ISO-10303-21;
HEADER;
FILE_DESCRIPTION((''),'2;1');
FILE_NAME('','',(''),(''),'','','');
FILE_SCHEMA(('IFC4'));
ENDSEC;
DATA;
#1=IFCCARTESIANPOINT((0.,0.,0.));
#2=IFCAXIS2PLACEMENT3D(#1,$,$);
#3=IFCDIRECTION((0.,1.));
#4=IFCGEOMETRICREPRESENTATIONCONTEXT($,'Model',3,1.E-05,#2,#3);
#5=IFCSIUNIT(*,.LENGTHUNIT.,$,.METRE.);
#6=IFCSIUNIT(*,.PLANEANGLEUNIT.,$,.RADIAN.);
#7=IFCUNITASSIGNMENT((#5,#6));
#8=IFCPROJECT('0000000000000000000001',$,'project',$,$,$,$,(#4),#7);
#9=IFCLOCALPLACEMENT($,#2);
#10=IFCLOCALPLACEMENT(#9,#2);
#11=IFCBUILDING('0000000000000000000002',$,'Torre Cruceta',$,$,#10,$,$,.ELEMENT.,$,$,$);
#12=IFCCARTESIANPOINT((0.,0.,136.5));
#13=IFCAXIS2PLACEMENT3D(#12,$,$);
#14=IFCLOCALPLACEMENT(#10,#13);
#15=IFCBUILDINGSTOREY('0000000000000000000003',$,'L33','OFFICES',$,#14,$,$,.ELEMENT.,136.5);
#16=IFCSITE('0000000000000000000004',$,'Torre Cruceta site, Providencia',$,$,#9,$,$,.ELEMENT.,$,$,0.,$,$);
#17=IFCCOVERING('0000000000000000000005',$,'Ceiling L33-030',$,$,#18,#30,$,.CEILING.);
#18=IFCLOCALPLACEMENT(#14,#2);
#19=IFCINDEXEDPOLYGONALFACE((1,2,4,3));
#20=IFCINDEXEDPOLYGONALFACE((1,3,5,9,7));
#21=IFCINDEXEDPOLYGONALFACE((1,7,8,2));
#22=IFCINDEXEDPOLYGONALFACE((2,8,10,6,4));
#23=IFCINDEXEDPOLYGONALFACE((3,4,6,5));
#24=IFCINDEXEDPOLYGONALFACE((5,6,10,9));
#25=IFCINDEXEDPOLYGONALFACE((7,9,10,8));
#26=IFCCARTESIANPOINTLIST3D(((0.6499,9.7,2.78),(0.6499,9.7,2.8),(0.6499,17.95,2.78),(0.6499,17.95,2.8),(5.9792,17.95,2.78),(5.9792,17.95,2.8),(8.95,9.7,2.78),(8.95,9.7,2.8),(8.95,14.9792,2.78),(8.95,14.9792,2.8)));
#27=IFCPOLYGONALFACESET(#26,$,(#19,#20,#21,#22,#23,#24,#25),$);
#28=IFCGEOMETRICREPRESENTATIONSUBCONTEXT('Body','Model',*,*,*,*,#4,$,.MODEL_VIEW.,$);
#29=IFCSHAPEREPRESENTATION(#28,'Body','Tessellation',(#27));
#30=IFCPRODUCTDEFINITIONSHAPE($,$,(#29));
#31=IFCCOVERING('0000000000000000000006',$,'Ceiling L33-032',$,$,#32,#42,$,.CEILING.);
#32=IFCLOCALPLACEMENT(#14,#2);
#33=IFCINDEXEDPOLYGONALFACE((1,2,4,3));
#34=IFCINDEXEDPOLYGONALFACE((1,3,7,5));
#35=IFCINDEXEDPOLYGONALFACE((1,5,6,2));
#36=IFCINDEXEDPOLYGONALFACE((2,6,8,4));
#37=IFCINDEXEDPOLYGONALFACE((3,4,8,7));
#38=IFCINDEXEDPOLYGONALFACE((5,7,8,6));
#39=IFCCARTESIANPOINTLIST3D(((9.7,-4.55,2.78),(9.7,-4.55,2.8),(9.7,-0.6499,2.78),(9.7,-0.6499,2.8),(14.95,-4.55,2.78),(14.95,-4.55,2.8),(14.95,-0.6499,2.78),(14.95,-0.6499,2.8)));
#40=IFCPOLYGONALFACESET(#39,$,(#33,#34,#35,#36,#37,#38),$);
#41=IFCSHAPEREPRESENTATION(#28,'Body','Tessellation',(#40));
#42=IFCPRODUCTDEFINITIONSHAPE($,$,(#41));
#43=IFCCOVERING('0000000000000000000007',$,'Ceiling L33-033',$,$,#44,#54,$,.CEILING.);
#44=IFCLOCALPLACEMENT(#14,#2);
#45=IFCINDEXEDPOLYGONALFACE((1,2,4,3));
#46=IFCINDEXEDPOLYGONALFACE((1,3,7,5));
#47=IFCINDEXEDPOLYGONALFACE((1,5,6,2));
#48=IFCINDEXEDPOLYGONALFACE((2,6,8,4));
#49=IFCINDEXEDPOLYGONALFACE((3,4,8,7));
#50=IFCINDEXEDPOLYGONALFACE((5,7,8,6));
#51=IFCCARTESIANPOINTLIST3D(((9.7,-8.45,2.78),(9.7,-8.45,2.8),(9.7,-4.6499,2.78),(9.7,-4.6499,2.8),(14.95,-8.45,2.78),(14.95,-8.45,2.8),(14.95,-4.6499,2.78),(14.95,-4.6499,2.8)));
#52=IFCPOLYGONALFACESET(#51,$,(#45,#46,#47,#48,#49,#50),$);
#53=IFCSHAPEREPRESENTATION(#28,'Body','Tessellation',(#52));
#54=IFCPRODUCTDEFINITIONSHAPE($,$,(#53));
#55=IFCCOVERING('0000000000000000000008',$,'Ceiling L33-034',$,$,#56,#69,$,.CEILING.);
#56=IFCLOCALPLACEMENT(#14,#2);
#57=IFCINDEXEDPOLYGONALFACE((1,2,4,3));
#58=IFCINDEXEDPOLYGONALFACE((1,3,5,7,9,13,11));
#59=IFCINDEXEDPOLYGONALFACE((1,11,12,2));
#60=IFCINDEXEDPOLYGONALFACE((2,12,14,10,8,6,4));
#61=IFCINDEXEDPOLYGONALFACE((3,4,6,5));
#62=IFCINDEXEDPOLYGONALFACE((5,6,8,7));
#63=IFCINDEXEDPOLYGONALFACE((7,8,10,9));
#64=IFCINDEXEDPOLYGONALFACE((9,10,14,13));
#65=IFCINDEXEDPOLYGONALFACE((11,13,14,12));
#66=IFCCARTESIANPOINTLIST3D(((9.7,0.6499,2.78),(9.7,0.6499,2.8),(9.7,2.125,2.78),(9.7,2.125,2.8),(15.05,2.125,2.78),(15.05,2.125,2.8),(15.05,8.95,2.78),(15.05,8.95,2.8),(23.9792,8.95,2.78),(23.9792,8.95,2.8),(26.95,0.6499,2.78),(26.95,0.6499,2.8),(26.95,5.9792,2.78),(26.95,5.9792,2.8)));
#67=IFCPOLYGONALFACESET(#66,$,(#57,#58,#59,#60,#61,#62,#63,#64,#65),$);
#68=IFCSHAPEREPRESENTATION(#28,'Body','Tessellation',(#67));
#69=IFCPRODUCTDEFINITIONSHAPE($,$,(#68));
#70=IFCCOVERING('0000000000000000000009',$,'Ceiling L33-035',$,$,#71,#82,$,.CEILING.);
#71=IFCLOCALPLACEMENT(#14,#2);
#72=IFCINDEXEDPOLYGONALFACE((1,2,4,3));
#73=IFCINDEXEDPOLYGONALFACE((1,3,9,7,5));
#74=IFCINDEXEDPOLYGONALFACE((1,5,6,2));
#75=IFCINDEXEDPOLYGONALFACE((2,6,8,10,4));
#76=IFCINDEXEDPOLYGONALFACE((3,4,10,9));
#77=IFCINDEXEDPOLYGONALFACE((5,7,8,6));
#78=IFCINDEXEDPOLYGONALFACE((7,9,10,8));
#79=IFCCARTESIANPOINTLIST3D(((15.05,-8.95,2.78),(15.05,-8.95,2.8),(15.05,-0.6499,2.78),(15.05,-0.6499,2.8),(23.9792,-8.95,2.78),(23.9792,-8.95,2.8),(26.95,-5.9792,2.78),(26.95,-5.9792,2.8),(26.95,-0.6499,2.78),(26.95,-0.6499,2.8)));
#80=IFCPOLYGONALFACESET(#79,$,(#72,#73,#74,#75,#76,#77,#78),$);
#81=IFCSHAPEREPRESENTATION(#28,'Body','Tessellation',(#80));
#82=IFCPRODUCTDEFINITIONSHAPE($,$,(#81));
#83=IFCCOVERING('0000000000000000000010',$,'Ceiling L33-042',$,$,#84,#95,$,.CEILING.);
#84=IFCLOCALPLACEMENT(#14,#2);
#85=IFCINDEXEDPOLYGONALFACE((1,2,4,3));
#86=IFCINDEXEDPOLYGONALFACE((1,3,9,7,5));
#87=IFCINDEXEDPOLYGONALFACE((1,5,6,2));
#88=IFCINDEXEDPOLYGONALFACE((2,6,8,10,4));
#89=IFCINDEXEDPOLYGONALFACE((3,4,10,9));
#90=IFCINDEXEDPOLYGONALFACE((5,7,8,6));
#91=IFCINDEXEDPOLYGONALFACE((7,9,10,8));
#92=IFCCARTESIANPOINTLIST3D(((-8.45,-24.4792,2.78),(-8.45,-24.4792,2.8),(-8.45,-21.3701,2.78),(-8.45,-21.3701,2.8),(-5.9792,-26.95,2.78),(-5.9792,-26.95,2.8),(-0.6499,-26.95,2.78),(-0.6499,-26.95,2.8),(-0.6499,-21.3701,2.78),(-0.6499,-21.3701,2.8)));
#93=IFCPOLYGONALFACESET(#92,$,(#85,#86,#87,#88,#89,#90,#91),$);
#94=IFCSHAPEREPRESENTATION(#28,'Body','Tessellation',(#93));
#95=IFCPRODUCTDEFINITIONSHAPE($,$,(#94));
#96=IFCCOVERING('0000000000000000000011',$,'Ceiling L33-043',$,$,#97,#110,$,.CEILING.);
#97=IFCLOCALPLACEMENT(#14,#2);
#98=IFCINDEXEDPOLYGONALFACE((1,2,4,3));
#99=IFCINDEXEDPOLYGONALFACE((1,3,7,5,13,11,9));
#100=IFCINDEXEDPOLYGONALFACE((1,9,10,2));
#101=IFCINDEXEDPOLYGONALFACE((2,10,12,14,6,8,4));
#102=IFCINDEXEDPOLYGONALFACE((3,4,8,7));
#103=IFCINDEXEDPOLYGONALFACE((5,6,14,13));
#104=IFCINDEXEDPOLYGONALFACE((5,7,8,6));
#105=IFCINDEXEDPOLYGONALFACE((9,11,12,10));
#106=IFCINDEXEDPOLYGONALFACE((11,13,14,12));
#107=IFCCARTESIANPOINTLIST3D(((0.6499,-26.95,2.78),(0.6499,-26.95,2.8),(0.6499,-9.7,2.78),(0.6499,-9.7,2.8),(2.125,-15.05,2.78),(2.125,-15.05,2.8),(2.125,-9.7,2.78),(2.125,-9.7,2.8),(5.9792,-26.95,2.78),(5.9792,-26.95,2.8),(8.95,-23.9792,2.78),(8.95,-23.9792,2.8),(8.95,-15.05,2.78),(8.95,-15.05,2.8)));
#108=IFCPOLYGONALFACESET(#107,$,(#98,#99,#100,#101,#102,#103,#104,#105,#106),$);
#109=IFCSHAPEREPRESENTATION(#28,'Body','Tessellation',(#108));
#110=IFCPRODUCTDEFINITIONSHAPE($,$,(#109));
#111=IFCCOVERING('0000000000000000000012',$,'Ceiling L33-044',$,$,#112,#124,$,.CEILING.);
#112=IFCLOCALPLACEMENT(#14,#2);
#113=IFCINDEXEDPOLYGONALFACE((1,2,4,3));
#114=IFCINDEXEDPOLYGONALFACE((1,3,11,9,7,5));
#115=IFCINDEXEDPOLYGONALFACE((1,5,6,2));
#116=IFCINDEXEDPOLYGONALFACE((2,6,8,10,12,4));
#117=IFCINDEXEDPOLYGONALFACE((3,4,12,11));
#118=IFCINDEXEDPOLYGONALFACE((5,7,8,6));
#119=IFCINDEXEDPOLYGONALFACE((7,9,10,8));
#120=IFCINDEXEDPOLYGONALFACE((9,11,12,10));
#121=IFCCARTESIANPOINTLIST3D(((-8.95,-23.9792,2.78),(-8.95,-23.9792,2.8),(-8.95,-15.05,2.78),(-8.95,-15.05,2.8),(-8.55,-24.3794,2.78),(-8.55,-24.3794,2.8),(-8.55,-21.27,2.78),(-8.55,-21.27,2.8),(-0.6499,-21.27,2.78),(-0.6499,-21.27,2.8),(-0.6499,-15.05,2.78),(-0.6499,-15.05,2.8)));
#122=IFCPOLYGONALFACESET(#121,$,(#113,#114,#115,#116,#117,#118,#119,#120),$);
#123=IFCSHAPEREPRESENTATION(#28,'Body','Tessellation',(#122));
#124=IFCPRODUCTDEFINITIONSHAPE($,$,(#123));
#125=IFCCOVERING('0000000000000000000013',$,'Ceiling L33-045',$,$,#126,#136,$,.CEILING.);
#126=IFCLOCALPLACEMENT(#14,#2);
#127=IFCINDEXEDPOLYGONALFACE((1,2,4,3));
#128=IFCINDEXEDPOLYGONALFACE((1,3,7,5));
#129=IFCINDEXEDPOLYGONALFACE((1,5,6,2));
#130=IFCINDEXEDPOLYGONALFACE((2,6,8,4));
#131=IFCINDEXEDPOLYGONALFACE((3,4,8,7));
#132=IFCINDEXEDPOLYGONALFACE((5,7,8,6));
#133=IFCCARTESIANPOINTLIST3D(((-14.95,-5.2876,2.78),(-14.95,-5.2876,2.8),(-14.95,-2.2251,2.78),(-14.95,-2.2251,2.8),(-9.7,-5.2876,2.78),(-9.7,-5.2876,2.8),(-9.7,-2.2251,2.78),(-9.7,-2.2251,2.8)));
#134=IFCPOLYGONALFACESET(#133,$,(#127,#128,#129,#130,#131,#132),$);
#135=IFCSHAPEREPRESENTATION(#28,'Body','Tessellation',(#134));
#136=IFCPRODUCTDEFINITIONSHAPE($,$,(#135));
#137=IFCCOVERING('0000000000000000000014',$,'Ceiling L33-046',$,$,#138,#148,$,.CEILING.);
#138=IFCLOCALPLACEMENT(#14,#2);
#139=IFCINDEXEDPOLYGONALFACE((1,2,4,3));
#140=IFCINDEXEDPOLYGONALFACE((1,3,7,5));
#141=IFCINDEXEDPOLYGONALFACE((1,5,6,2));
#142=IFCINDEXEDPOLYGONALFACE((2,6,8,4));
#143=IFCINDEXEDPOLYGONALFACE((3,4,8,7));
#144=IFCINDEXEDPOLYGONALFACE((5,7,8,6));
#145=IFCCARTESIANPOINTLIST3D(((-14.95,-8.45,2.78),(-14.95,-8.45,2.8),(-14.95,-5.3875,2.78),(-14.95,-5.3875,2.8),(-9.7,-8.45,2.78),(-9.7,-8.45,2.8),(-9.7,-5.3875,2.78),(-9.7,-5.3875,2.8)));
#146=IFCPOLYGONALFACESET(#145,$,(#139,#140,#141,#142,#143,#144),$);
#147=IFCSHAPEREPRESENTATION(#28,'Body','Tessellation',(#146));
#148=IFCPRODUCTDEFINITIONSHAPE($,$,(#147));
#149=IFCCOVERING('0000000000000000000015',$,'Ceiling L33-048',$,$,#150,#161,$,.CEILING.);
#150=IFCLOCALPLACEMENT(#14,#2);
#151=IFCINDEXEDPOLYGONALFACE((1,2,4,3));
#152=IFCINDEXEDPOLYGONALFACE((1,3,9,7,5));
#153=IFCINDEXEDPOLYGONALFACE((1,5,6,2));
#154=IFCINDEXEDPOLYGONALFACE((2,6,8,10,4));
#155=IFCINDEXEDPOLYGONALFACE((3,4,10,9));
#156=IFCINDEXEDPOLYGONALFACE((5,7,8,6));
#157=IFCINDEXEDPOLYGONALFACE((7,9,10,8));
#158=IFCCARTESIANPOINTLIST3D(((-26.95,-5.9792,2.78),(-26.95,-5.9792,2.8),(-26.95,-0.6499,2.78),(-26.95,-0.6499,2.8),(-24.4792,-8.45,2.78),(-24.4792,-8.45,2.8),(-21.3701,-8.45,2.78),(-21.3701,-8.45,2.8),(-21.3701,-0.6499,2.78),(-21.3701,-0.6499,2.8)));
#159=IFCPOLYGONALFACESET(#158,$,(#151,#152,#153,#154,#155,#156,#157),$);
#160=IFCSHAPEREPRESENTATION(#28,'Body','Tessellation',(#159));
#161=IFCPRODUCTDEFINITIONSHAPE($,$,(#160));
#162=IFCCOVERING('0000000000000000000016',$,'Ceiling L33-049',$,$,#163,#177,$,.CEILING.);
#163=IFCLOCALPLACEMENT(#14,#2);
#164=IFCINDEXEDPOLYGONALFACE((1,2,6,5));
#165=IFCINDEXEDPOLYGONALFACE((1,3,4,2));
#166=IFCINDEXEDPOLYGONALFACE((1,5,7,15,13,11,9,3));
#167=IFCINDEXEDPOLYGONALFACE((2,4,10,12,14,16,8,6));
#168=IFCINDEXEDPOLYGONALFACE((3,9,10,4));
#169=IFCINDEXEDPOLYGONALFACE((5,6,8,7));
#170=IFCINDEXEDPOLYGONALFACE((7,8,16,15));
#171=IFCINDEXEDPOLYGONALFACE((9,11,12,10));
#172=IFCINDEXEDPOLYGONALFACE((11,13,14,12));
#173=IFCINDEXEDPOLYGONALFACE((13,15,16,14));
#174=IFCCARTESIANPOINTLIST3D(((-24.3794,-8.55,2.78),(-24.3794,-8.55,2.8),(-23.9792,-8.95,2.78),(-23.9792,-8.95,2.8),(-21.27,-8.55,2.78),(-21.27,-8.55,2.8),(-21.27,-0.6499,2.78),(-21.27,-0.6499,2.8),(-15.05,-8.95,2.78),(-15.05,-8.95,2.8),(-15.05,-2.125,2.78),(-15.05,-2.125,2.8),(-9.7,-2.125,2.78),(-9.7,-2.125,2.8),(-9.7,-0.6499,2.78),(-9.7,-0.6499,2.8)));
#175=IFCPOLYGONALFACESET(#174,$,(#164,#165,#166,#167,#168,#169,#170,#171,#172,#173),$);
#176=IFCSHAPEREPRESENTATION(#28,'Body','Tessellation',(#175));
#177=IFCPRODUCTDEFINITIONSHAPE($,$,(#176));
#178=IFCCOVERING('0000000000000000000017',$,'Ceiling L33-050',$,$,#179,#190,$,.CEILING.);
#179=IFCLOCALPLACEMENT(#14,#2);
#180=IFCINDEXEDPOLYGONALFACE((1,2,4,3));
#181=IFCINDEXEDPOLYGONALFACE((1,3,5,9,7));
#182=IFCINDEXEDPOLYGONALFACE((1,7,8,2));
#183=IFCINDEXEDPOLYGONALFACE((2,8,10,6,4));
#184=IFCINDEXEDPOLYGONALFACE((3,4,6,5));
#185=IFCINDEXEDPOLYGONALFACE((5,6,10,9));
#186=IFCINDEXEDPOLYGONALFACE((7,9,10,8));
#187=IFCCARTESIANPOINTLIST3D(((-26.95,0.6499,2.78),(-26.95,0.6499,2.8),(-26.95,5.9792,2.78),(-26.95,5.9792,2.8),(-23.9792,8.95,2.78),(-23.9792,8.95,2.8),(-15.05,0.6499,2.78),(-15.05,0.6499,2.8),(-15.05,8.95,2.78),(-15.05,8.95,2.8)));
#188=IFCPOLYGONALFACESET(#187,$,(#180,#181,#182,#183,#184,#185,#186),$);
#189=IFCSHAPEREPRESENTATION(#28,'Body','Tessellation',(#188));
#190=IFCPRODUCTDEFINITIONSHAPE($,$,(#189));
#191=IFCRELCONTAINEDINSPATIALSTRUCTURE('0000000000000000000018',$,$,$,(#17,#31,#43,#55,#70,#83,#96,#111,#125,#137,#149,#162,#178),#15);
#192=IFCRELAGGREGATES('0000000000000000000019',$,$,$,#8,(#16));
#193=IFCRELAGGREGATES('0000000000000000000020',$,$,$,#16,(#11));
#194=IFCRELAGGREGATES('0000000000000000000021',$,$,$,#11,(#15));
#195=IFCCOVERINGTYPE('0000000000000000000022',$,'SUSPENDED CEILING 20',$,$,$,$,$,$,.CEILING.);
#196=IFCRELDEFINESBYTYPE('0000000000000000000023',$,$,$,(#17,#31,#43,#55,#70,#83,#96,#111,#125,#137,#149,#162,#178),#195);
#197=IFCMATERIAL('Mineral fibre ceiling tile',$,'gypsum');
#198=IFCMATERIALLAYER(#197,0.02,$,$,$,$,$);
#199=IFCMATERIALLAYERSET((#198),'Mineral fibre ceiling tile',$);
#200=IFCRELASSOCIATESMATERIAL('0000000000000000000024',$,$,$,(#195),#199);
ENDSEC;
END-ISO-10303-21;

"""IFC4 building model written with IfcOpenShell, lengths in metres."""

from ifc_helpers import new_model, si_unit, direction, frame, origin, place, context, subcontext, project, spatial, polyline, outline, extrude, material, layer, layer_set, type_object, element, save


model = new_model("IFC4")

# Units and contexts
model_context = context("Model", 3, precision=1e-05, world=origin(), true_north=direction((0.0, 1.0)))
body_context = subcontext(model_context, "Body", "Model", "MODEL_VIEW")
ifc_project = project(units=[si_unit("LENGTHUNIT", "METRE"), si_unit("PLANEANGLEUNIT", "RADIAN")], contexts=[model_context])

# Site, building, storey
site_placement = place(None, origin())
site = spatial("IfcSite", under=ifc_project, at=site_placement, Name="Torre Cruceta site, Providencia", CompositionType="ELEMENT", RefElevation=0.0)
building_placement = place(site_placement, origin())
building = spatial("IfcBuilding", under=site, at=building_placement, Name="Torre Cruceta", CompositionType="ELEMENT")
storey_placement = place(building_placement, frame((0.0, 0.0, 136.5)))
storey = spatial("IfcBuildingStorey", under=building, at=storey_placement, Name="L33", Description="OFFICES", CompositionType="ELEMENT", Elevation=136.5)

# Coverings
ifc_material_1 = material(Name="Mineral fibre ceiling tile", Category="gypsum")
ifc_layer_1 = layer(ifc_material_1, 0.02)
ifc_layer_set_1 = layer_set([ifc_layer_1], Name="Mineral fibre ceiling tile")
covering_type_1 = type_object("IfcCoveringType", Name="SUSPENDED CEILING 20", PredefinedType="CEILING", material=ifc_layer_set_1)
covering_1_placement = place(storey_placement, frame((0.0, 0.0, 2.78)))
element("IfcCovering", 1, at=covering_1_placement, inside=storey, type_object=covering_type_1, Name="Ceiling L33-030", PredefinedType="CEILING", context=body_context, shape_type="SweptSolid", body=[
    extrude(outline(polyline([(5.9792, 17.95), (8.95, 14.9792), (8.95, 9.7), (0.6499, 9.7), (0.6499, 17.95), (5.9792, 17.95)])), origin(), (0.0, 0.0, 1.0), 0.02),
])
covering_2_placement = place(storey_placement, frame((0.0, 0.0, 2.78)))
element("IfcCovering", 2, at=covering_2_placement, inside=storey, type_object=covering_type_1, Name="Ceiling L33-032", PredefinedType="CEILING", context=body_context, shape_type="SweptSolid", body=[
    extrude(outline(polyline([(9.7, -4.55), (9.7, -0.6499), (14.95, -0.6499), (14.95, -4.55), (9.7, -4.55)])), origin(), (0.0, 0.0, 1.0), 0.02),
])
covering_3_placement = place(storey_placement, frame((0.0, 0.0, 2.78)))
element("IfcCovering", 3, at=covering_3_placement, inside=storey, type_object=covering_type_1, Name="Ceiling L33-033", PredefinedType="CEILING", context=body_context, shape_type="SweptSolid", body=[
    extrude(outline(polyline([(9.7, -8.45), (9.7, -4.6499), (14.95, -4.6499), (14.95, -8.45), (9.7, -8.45)])), origin(), (0.0, 0.0, 1.0), 0.02),
])
covering_4_placement = place(storey_placement, frame((0.0, 0.0, 2.78)))
element("IfcCovering", 4, at=covering_4_placement, inside=storey, type_object=covering_type_1, Name="Ceiling L33-034", PredefinedType="CEILING", context=body_context, shape_type="SweptSolid", body=[
    extrude(outline(polyline([(26.95, 0.6499), (9.7, 0.6499), (9.7, 2.125), (15.05, 2.125), (15.05, 8.95), (23.9792, 8.95), (26.95, 5.9792), (26.95, 0.6499)])), origin(), (0.0, 0.0, 1.0), 0.02),
])
covering_5_placement = place(storey_placement, frame((0.0, 0.0, 2.78)))
element("IfcCovering", 5, at=covering_5_placement, inside=storey, type_object=covering_type_1, Name="Ceiling L33-035", PredefinedType="CEILING", context=body_context, shape_type="SweptSolid", body=[
    extrude(outline(polyline([(26.95, -5.9792), (23.9792, -8.95), (15.05, -8.95), (15.05, -0.6499), (26.95, -0.6499), (26.95, -5.9792)])), origin(), (0.0, 0.0, 1.0), 0.02),
])
covering_6_placement = place(storey_placement, frame((0.0, 0.0, 2.78)))
element("IfcCovering", 6, at=covering_6_placement, inside=storey, type_object=covering_type_1, Name="Ceiling L33-042", PredefinedType="CEILING", context=body_context, shape_type="SweptSolid", body=[
    extrude(outline(polyline([(-8.45, -24.4792), (-8.45, -21.3701), (-0.6499, -21.3701), (-0.6499, -26.95), (-5.9792, -26.95), (-8.45, -24.4792)])), origin(), (0.0, 0.0, 1.0), 0.02),
])
covering_7_placement = place(storey_placement, frame((0.0, 0.0, 2.78)))
element("IfcCovering", 7, at=covering_7_placement, inside=storey, type_object=covering_type_1, Name="Ceiling L33-043", PredefinedType="CEILING", context=body_context, shape_type="SweptSolid", body=[
    extrude(outline(polyline([(2.125, -9.7), (2.125, -15.05), (8.95, -15.05), (8.95, -23.9792), (5.9792, -26.95), (0.6499, -26.95), (0.6499, -9.7), (2.125, -9.7)])), origin(), (0.0, 0.0, 1.0), 0.02),
])
covering_8_placement = place(storey_placement, frame((0.0, 0.0, 2.78)))
element("IfcCovering", 8, at=covering_8_placement, inside=storey, type_object=covering_type_1, Name="Ceiling L33-044", PredefinedType="CEILING", context=body_context, shape_type="SweptSolid", body=[
    extrude(outline(polyline([(-8.55, -21.27), (-8.55, -24.3794), (-8.95, -23.9792), (-8.95, -15.05), (-0.6499, -15.05), (-0.6499, -21.27), (-8.55, -21.27)])), origin(), (0.0, 0.0, 1.0), 0.02),
])
covering_9_placement = place(storey_placement, frame((0.0, 0.0, 2.78)))
element("IfcCovering", 9, at=covering_9_placement, inside=storey, type_object=covering_type_1, Name="Ceiling L33-045", PredefinedType="CEILING", context=body_context, shape_type="SweptSolid", body=[
    extrude(outline(polyline([(-9.7, -2.2251), (-9.7, -5.2876), (-14.95, -5.2876), (-14.95, -2.2251), (-9.7, -2.2251)])), origin(), (0.0, 0.0, 1.0), 0.02),
])
covering_10_placement = place(storey_placement, frame((0.0, 0.0, 2.78)))
element("IfcCovering", 10, at=covering_10_placement, inside=storey, type_object=covering_type_1, Name="Ceiling L33-046", PredefinedType="CEILING", context=body_context, shape_type="SweptSolid", body=[
    extrude(outline(polyline([(-9.7, -5.3875), (-9.7, -8.45), (-14.95, -8.45), (-14.95, -5.3875), (-9.7, -5.3875)])), origin(), (0.0, 0.0, 1.0), 0.02),
])
covering_11_placement = place(storey_placement, frame((0.0, 0.0, 2.78)))
element("IfcCovering", 11, at=covering_11_placement, inside=storey, type_object=covering_type_1, Name="Ceiling L33-048", PredefinedType="CEILING", context=body_context, shape_type="SweptSolid", body=[
    extrude(outline(polyline([(-26.95, -0.6499), (-21.3701, -0.6499), (-21.3701, -8.45), (-24.4792, -8.45), (-26.95, -5.9792), (-26.95, -0.6499)])), origin(), (0.0, 0.0, 1.0), 0.02),
])
covering_12_placement = place(storey_placement, frame((0.0, 0.0, 2.78)))
element("IfcCovering", 12, at=covering_12_placement, inside=storey, type_object=covering_type_1, Name="Ceiling L33-049", PredefinedType="CEILING", context=body_context, shape_type="SweptSolid", body=[
    extrude(outline(polyline([(-9.7, -2.125), (-15.05, -2.125), (-15.05, -8.95), (-23.9792, -8.95), (-24.3794, -8.55), (-21.27, -8.55), (-21.27, -0.6499), (-9.7, -0.6499), (-9.7, -2.125)])), origin(), (0.0, 0.0, 1.0), 0.02),
])
covering_13_placement = place(storey_placement, frame((0.0, 0.0, 2.78)))
element("IfcCovering", 13, at=covering_13_placement, inside=storey, type_object=covering_type_1, Name="Ceiling L33-050", PredefinedType="CEILING", context=body_context, shape_type="SweptSolid", body=[
    extrude(outline(polyline([(-23.9792, 8.95), (-15.05, 8.95), (-15.05, 0.6499), (-26.95, 0.6499), (-26.95, 5.9792), (-23.9792, 8.95)])), origin(), (0.0, 0.0, 1.0), 0.02),
])

save(model, "model.ifc")
